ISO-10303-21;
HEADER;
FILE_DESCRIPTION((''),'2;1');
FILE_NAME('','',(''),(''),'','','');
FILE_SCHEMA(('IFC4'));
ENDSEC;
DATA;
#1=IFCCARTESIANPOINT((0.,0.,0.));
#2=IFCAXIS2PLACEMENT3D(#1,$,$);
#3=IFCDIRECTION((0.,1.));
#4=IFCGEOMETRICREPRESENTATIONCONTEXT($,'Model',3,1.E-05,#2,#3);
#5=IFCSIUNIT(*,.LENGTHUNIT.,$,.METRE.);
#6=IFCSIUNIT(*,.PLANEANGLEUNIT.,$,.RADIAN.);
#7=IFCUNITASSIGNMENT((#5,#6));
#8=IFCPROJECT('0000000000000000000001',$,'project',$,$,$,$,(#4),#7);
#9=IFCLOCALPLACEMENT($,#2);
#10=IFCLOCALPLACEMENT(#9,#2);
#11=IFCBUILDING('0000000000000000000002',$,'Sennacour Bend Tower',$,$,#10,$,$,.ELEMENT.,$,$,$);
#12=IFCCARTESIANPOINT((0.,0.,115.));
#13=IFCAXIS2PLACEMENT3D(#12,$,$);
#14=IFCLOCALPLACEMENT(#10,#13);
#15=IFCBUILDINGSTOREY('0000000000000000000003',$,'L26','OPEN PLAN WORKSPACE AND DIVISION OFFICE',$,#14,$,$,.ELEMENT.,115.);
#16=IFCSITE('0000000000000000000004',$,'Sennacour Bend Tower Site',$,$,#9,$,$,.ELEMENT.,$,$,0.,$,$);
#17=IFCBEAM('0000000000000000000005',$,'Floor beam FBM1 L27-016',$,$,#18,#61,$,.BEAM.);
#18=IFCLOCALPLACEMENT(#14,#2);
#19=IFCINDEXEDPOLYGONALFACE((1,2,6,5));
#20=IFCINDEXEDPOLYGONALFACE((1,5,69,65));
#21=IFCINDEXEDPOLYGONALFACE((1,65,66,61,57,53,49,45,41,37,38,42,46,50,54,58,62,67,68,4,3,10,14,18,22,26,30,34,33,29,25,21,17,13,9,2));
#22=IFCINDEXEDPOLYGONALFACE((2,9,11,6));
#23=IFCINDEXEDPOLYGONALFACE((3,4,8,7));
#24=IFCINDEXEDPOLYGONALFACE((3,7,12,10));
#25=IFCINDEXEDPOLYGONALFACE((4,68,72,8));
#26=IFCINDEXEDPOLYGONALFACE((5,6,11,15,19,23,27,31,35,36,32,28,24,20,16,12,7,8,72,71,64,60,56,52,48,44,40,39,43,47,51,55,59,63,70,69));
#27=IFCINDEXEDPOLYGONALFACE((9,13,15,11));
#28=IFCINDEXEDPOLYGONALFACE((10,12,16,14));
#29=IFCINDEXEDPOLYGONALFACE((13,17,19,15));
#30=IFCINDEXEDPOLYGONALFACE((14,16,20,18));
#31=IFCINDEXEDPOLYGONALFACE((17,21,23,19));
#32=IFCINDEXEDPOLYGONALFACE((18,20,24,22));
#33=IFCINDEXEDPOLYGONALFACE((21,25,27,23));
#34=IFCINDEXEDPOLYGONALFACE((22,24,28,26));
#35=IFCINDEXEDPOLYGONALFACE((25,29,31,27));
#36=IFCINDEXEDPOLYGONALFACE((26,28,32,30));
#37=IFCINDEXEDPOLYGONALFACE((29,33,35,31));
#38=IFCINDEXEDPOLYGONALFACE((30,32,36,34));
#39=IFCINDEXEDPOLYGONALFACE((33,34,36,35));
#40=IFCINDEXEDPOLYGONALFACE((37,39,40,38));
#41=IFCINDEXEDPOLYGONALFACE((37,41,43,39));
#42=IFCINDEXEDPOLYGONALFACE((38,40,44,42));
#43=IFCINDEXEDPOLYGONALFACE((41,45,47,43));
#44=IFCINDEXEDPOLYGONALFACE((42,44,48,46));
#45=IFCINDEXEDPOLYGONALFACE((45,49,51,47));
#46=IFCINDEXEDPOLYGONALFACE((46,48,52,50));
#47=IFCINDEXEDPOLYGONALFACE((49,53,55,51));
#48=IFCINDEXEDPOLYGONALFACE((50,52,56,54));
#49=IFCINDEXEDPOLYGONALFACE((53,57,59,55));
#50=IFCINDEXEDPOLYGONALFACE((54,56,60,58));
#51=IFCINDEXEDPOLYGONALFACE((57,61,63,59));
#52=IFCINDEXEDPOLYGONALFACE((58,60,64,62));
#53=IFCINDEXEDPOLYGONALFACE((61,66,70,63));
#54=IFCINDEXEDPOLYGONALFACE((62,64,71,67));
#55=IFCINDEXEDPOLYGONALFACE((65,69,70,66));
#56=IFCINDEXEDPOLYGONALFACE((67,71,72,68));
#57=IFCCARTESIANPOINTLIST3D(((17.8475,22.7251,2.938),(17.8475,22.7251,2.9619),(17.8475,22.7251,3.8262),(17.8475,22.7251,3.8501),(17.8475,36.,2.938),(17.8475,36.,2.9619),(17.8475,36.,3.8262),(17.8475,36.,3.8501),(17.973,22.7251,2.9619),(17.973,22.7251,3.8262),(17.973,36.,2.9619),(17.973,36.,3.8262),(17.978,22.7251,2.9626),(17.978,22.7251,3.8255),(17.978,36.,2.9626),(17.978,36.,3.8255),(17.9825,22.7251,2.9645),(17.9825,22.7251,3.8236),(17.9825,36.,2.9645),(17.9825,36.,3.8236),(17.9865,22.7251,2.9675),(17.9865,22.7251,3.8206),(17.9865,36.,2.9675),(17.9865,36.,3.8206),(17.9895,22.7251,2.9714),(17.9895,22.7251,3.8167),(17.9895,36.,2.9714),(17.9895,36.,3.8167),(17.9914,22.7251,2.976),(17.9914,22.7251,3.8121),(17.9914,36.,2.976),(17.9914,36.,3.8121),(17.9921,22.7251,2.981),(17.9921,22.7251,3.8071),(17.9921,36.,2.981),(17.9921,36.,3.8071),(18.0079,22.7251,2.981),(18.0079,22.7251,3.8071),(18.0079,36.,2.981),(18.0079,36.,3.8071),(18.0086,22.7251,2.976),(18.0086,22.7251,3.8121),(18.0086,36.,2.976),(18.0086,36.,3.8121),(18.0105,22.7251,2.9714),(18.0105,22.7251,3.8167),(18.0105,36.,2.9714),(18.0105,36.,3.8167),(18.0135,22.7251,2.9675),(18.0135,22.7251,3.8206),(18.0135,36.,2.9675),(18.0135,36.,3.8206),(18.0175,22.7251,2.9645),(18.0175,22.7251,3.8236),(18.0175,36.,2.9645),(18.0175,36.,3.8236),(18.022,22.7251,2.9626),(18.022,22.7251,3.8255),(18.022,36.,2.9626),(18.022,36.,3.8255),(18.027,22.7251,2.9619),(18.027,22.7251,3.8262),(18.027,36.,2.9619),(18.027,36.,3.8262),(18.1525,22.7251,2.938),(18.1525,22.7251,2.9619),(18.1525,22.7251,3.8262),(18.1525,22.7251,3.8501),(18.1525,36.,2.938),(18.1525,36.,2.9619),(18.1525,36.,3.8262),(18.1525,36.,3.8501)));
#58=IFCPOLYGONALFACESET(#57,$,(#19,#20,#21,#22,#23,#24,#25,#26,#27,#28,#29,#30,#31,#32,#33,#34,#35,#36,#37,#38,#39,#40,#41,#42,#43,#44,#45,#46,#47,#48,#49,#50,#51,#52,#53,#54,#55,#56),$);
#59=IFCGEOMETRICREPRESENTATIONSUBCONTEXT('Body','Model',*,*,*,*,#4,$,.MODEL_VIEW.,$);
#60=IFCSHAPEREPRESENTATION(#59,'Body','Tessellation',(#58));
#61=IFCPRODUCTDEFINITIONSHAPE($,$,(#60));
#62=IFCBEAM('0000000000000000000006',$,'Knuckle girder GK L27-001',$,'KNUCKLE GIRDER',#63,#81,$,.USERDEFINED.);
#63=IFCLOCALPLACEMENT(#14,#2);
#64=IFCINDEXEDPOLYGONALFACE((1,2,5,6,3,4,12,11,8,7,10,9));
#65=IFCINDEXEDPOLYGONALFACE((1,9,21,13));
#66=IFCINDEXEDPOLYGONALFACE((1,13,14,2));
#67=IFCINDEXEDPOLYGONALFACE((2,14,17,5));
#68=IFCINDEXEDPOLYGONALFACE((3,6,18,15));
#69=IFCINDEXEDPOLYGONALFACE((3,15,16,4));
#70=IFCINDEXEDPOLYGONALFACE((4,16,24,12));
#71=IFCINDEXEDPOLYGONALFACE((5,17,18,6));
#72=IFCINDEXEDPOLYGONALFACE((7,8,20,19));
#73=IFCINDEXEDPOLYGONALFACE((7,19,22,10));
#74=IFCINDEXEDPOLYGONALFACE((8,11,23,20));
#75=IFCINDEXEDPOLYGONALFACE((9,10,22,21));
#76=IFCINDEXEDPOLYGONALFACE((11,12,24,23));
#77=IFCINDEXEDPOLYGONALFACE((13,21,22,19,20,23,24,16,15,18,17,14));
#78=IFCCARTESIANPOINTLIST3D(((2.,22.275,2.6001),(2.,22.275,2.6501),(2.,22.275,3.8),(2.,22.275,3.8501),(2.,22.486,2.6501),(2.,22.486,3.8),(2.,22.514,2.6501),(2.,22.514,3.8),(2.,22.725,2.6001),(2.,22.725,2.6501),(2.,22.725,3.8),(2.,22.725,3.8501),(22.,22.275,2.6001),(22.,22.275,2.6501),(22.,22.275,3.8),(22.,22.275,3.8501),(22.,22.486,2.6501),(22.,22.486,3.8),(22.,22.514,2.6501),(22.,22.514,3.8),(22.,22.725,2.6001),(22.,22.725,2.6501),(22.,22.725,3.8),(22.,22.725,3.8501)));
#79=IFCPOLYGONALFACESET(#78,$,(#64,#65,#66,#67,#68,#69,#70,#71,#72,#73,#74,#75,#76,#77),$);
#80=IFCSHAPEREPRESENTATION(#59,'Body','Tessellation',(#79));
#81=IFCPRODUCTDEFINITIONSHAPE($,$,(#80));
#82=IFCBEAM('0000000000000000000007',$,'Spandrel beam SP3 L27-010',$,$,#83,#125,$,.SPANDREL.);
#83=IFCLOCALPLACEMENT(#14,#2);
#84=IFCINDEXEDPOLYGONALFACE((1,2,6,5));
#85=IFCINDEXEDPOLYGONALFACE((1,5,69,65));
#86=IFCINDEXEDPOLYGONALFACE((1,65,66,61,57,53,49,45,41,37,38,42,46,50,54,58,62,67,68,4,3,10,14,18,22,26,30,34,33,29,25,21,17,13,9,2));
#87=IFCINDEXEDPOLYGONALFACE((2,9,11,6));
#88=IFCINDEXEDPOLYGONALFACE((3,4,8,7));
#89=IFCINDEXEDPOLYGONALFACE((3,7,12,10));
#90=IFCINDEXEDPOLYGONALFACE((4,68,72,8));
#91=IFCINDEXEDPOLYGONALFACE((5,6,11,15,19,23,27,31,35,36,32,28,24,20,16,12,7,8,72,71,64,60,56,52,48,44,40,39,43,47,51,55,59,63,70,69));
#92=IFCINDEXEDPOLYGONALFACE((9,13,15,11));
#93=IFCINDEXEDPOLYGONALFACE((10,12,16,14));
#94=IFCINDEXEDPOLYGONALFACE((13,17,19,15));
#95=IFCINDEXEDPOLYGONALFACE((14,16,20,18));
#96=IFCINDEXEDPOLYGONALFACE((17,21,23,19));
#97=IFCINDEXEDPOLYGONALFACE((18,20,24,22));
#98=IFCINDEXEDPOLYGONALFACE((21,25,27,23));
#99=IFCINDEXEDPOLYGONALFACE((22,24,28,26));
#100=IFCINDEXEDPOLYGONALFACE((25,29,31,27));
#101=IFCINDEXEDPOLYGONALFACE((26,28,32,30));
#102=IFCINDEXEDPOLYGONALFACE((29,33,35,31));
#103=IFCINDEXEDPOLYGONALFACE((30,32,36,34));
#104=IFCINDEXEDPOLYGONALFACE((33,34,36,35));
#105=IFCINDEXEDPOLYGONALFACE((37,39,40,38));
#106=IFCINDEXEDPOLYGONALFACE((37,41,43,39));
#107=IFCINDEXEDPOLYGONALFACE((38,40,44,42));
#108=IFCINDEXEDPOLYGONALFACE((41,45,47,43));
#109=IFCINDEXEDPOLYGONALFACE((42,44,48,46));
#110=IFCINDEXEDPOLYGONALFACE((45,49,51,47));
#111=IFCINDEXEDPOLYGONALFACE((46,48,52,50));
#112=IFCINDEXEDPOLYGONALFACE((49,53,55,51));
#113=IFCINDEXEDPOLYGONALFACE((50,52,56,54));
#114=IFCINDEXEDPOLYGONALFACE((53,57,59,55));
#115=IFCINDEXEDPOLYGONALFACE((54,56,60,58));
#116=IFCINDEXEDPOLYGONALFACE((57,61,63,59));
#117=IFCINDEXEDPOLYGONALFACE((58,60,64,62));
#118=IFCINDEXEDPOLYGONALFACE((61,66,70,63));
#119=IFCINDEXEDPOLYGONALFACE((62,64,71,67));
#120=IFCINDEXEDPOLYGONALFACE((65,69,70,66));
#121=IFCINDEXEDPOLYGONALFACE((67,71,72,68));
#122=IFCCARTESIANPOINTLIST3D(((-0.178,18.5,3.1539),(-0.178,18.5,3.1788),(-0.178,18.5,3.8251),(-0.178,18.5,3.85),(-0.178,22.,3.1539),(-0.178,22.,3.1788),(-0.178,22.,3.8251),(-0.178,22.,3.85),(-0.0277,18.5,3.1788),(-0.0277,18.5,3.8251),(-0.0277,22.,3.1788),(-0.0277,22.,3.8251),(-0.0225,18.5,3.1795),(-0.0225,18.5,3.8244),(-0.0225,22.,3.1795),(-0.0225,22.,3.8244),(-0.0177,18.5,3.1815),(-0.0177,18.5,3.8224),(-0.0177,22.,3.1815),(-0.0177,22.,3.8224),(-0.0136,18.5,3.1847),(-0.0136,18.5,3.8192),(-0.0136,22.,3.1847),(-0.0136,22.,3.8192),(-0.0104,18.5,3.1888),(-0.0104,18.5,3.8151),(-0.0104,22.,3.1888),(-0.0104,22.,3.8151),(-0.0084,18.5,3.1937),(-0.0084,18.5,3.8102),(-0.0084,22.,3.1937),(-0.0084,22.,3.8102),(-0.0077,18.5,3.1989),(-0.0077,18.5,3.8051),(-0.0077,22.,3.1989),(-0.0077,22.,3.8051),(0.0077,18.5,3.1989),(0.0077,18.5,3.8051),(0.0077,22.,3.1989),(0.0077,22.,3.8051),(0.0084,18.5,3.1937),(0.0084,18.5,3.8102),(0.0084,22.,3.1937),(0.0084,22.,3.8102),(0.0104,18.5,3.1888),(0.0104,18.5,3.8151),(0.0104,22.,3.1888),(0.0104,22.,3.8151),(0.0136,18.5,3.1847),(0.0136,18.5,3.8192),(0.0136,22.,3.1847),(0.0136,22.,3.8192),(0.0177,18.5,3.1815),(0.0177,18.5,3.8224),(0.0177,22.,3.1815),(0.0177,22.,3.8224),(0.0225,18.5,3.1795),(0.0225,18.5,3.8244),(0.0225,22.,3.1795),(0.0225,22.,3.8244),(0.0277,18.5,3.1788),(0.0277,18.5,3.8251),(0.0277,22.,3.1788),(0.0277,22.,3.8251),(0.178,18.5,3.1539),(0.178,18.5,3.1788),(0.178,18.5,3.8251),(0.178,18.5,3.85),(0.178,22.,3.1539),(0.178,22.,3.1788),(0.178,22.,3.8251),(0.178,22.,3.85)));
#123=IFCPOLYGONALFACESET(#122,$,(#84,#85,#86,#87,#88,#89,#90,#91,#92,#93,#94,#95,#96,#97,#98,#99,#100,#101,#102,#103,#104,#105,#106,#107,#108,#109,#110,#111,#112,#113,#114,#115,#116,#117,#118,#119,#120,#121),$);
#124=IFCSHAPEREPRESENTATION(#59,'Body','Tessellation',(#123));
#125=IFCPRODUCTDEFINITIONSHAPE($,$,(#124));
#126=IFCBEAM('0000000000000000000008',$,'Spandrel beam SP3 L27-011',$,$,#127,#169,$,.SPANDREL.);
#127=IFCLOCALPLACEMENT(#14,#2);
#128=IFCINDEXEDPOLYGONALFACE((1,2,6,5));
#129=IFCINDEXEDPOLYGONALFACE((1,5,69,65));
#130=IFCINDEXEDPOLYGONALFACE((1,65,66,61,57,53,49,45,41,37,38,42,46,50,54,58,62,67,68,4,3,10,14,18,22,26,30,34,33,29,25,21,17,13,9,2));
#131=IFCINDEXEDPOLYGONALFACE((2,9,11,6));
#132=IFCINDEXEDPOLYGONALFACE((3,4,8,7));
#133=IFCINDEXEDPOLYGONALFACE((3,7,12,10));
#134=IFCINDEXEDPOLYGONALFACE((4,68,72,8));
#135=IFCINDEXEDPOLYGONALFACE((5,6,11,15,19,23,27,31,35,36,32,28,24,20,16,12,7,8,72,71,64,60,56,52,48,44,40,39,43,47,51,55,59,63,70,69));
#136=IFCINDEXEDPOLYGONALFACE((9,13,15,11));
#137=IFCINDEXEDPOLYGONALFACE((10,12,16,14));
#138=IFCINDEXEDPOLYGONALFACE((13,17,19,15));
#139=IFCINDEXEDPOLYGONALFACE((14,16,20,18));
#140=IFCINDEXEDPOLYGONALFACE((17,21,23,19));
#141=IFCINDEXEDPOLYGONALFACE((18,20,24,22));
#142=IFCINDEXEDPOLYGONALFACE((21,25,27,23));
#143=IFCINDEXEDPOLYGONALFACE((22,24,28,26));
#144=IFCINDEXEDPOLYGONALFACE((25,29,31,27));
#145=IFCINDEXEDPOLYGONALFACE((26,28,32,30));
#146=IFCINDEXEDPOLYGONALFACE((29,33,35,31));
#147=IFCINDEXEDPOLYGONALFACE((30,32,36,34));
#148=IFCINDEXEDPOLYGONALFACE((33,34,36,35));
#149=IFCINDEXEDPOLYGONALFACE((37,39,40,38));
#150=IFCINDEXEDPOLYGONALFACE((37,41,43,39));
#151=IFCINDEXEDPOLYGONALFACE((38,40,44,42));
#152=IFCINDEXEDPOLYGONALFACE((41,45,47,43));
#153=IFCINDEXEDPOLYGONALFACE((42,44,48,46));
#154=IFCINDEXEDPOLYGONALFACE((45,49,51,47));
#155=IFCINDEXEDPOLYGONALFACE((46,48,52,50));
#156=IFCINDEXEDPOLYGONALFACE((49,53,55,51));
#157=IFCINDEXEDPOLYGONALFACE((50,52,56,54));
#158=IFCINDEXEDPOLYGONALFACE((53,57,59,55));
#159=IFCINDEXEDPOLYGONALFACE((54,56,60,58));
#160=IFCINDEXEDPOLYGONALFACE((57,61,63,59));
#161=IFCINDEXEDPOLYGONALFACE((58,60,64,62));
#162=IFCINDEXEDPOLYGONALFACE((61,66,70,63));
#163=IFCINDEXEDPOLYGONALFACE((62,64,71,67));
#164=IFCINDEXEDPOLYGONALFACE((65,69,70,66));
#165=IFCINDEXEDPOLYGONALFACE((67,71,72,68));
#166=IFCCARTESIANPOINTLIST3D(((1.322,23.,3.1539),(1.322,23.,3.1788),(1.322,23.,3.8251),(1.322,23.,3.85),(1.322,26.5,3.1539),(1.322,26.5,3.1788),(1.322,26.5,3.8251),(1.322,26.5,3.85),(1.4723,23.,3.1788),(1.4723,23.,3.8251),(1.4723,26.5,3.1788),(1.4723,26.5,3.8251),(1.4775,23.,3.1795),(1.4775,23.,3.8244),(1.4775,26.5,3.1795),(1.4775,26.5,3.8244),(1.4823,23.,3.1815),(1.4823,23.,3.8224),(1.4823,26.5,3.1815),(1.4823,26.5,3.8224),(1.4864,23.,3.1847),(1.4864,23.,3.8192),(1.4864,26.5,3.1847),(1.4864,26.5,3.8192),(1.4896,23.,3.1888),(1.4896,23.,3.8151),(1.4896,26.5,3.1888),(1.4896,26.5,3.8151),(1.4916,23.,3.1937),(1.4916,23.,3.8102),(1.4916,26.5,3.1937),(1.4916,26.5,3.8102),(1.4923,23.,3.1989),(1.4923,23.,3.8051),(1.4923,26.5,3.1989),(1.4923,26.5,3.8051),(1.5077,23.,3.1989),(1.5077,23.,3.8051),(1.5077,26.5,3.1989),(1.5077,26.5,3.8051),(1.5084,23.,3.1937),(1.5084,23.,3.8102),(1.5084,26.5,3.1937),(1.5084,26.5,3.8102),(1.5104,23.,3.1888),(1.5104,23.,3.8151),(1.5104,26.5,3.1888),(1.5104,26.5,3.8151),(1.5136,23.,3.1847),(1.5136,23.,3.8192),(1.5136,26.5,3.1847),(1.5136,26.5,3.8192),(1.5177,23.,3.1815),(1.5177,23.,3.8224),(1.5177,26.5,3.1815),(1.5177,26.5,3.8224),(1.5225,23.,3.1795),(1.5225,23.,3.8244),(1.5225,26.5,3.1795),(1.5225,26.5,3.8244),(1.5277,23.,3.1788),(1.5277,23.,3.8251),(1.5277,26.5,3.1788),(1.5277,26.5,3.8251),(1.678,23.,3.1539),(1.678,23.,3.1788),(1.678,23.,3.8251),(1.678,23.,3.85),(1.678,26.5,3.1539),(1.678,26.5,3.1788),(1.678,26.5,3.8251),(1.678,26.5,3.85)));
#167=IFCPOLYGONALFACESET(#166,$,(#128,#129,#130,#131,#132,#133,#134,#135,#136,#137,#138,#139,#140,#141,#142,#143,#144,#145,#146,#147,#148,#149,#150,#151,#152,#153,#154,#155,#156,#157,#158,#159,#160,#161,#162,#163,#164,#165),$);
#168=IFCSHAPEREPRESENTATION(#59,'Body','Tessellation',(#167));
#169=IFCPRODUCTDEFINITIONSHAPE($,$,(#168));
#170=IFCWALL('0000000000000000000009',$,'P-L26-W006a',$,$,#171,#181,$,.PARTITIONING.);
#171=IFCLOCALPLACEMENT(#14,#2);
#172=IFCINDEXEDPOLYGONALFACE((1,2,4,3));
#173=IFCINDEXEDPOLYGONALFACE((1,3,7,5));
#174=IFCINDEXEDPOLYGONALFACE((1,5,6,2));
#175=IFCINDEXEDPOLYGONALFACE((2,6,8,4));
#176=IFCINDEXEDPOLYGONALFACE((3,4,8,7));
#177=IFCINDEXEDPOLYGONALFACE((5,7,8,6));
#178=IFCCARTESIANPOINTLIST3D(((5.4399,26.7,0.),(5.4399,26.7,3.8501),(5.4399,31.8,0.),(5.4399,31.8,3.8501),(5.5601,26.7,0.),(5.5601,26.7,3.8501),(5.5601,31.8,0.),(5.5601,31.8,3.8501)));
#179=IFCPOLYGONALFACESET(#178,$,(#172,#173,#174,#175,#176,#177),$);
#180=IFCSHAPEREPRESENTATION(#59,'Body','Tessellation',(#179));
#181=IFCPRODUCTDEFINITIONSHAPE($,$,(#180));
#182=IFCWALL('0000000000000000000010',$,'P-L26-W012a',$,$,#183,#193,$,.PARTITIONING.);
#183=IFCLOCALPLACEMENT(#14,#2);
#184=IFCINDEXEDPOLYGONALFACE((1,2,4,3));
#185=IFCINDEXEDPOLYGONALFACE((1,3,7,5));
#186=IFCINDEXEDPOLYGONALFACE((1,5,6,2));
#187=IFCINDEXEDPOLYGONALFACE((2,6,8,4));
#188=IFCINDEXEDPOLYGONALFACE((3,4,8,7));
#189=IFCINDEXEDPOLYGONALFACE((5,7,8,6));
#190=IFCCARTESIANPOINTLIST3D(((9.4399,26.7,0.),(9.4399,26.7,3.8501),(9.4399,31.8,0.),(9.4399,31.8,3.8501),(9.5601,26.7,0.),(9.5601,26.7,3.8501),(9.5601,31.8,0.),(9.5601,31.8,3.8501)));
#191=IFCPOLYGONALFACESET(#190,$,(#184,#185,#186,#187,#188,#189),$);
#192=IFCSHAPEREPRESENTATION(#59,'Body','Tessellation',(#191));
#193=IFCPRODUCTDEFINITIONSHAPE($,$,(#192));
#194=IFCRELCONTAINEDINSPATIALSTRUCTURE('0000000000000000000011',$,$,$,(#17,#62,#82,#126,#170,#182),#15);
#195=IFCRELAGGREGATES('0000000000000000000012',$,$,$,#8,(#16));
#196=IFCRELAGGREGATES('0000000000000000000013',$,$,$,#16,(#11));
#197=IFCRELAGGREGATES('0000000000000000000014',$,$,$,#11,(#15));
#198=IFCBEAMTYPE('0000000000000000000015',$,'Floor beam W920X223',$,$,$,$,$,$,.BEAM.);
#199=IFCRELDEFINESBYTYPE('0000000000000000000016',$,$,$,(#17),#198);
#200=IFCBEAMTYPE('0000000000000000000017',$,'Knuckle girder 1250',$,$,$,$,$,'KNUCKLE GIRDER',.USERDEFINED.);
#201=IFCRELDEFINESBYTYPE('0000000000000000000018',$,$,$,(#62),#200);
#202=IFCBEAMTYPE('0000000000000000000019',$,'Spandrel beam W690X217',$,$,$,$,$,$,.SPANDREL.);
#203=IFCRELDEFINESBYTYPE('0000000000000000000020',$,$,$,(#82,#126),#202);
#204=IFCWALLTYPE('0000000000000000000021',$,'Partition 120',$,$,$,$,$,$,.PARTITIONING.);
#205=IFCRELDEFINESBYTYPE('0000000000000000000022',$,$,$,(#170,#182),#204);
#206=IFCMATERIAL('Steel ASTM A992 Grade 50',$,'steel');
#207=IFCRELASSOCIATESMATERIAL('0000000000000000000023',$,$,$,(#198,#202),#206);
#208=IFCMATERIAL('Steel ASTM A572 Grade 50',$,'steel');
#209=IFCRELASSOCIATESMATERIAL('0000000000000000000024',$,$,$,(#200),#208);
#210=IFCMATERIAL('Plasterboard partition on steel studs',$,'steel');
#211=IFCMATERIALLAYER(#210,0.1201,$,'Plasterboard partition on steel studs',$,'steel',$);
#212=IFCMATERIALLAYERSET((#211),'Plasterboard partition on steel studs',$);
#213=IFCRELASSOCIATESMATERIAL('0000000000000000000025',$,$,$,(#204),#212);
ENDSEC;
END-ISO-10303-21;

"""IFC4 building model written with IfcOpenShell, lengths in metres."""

from ifc_helpers import new_model, si_unit, direction, frame, frame_2d, origin, origin_2d, place, context, subcontext, project, spatial, rectangle, i_section, extrude, material, layer, layer_set, material_profile, profile_set, type_object, element, save


model = new_model("IFC4")

# Units and contexts
model_context = context("Model", 3, precision=1e-05, world=origin(), true_north=direction((0.0, 1.0)))
body_context = subcontext(model_context, "Body", "Model", "MODEL_VIEW")
ifc_project = project(units=[si_unit("LENGTHUNIT", "METRE"), si_unit("PLANEANGLEUNIT", "RADIAN")], contexts=[model_context])

# Site, building, storey
site_placement = place(None, origin())
site = spatial("IfcSite", under=ifc_project, at=site_placement, Name="Sennacour Bend Tower Site", CompositionType="ELEMENT", RefElevation=0.0)
building_placement = place(site_placement, origin())
building = spatial("IfcBuilding", under=site, at=building_placement, Name="Sennacour Bend Tower", CompositionType="ELEMENT")
storey_placement = place(building_placement, frame((0.0, 0.0, 115.0)))
storey = spatial("IfcBuildingStorey", under=building, at=storey_placement, Name="L26", Description="OPEN PLAN WORKSPACE AND DIVISION OFFICE", CompositionType="ELEMENT", Elevation=115.0)

# Shared definitions
ifc_material_1 = material(Name="Steel ASTM A572 Grade 50", Category="steel")

# Beams
ifc_material_2 = material(Name="Steel ASTM A992 Grade 50", Category="steel")
ifc_material_profile_1 = material_profile(ifc_material_2, i_section(OverallWidth=0.3049, OverallDepth=0.9121, WebThickness=0.0159, FlangeThickness=0.0239, FilletRadius=0.019, at=origin_2d()), Name="Steel ASTM A992 Grade 50", Category="steel")
ifc_profile_set_1 = profile_set([ifc_material_profile_1], Name="Steel ASTM A992 Grade 50")
beam_type_1 = type_object("IfcBeamType", Name="Floor beam W920X223", PredefinedType="BEAM", material=ifc_profile_set_1)
for number, where, z_axis, x_axis, name in (
    (1, (18.0, 22.7251, 3.394), (0.0, 1.0, 0.0), (-1.0, 0.0, 0.0), "Floor beam FBM1 L27-016"),
):
    element("IfcBeam", number, at=place(storey_placement, frame(where, z_axis=z_axis, x_axis=x_axis)), inside=storey, type_object=beam_type_1, Name=name, PredefinedType="BEAM", context=body_context, shape_type="SweptSolid", body=[
        extrude(i_section(OverallWidth=0.3049, OverallDepth=0.9121, WebThickness=0.0159, FlangeThickness=0.0239, FilletRadius=0.019, at=origin_2d()), origin(), (0.0, 0.0, 1.0), 13.2749),
    ])
ifc_material_profile_2 = material_profile(ifc_material_1, i_section(OverallWidth=0.45, OverallDepth=1.25, WebThickness=0.0281, FlangeThickness=0.05, at=origin_2d()), Name="Steel ASTM A572 Grade 50", Category="steel")
ifc_profile_set_2 = profile_set([ifc_material_profile_2], Name="Steel ASTM A572 Grade 50")
beam_type_2 = type_object("IfcBeamType", Name="Knuckle girder 1250", ElementType="KNUCKLE GIRDER", PredefinedType="USERDEFINED", material=ifc_profile_set_2)
beam_placement = place(storey_placement, frame((2.0, 22.5, 3.2251), z_axis=(1.0, 0.0, 0.0), x_axis=(0.0, 1.0, 0.0)))
element("IfcBeam", 2, at=beam_placement, inside=storey, type_object=beam_type_2, Name="Knuckle girder GK L27-001", ObjectType="KNUCKLE GIRDER", PredefinedType="USERDEFINED", context=body_context, shape_type="SweptSolid", body=[
    extrude(i_section(OverallWidth=0.45, OverallDepth=1.25, WebThickness=0.0281, FlangeThickness=0.05, at=origin_2d()), origin(), (0.0, 0.0, 1.0), 20.0),
])
ifc_material_profile_3 = material_profile(ifc_material_2, i_section(OverallWidth=0.356, OverallDepth=0.696, WebThickness=0.0154, FlangeThickness=0.0249, FilletRadius=0.02, at=origin_2d()), Name="Steel ASTM A992 Grade 50", Category="steel")
ifc_profile_set_3 = profile_set([ifc_material_profile_3], Name="Steel ASTM A992 Grade 50")
beam_type_3 = type_object("IfcBeamType", Name="Spandrel beam W690X217", PredefinedType="SPANDREL", material=ifc_profile_set_3)
for number, where, z_axis, x_axis, name in (
    (3, (0.0, 18.5, 3.502), (0.0, 1.0, 0.0), (-1.0, 0.0, 0.0), "Spandrel beam SP3 L27-010"),
    (4, (1.5, 23.0, 3.502), (0.0, 1.0, 0.0), (-1.0, 0.0, 0.0), "Spandrel beam SP3 L27-011"),
):
    element("IfcBeam", number, at=place(storey_placement, frame(where, z_axis=z_axis, x_axis=x_axis)), inside=storey, type_object=beam_type_3, Name=name, PredefinedType="SPANDREL", context=body_context, shape_type="SweptSolid", body=[
        extrude(i_section(OverallWidth=0.356, OverallDepth=0.696, WebThickness=0.0154, FlangeThickness=0.0249, FilletRadius=0.02, at=origin_2d()), origin(), (0.0, 0.0, 1.0), 3.5),
    ])

# Walls
ifc_material_3 = material(Name="Plasterboard partition on steel studs", Category="steel")
ifc_layer_1 = layer(ifc_material_3, 0.1201, Name="Plasterboard partition on steel studs", Category="steel")
ifc_layer_set_1 = layer_set([ifc_layer_1], Name="Plasterboard partition on steel studs")
wall_type_1 = type_object("IfcWallType", Name="Partition 120", PredefinedType="PARTITIONING", material=ifc_layer_set_1)
for number, where, z_axis, x_axis, name in (
    (5, (5.5, 26.7, 0.0), (0.0, 0.0, 1.0), (0.0, 1.0, 0.0), "P-L26-W006a"),
    (6, (9.5, 26.7, 0.0), (0.0, 0.0, 1.0), (0.0, 1.0, 0.0), "P-L26-W012a"),
):
    element("IfcWall", number, at=place(storey_placement, frame(where, z_axis=z_axis, x_axis=x_axis)), inside=storey, type_object=wall_type_1, Name=name, PredefinedType="PARTITIONING", context=body_context, shape_type="SweptSolid", body=[
        extrude(rectangle(XDim=5.1001, YDim=0.1201, at=frame_2d((2.55, 0.0))), origin(), (0.0, 0.0, 1.0), 3.8501),
    ])

save(model, "model.ifc")
